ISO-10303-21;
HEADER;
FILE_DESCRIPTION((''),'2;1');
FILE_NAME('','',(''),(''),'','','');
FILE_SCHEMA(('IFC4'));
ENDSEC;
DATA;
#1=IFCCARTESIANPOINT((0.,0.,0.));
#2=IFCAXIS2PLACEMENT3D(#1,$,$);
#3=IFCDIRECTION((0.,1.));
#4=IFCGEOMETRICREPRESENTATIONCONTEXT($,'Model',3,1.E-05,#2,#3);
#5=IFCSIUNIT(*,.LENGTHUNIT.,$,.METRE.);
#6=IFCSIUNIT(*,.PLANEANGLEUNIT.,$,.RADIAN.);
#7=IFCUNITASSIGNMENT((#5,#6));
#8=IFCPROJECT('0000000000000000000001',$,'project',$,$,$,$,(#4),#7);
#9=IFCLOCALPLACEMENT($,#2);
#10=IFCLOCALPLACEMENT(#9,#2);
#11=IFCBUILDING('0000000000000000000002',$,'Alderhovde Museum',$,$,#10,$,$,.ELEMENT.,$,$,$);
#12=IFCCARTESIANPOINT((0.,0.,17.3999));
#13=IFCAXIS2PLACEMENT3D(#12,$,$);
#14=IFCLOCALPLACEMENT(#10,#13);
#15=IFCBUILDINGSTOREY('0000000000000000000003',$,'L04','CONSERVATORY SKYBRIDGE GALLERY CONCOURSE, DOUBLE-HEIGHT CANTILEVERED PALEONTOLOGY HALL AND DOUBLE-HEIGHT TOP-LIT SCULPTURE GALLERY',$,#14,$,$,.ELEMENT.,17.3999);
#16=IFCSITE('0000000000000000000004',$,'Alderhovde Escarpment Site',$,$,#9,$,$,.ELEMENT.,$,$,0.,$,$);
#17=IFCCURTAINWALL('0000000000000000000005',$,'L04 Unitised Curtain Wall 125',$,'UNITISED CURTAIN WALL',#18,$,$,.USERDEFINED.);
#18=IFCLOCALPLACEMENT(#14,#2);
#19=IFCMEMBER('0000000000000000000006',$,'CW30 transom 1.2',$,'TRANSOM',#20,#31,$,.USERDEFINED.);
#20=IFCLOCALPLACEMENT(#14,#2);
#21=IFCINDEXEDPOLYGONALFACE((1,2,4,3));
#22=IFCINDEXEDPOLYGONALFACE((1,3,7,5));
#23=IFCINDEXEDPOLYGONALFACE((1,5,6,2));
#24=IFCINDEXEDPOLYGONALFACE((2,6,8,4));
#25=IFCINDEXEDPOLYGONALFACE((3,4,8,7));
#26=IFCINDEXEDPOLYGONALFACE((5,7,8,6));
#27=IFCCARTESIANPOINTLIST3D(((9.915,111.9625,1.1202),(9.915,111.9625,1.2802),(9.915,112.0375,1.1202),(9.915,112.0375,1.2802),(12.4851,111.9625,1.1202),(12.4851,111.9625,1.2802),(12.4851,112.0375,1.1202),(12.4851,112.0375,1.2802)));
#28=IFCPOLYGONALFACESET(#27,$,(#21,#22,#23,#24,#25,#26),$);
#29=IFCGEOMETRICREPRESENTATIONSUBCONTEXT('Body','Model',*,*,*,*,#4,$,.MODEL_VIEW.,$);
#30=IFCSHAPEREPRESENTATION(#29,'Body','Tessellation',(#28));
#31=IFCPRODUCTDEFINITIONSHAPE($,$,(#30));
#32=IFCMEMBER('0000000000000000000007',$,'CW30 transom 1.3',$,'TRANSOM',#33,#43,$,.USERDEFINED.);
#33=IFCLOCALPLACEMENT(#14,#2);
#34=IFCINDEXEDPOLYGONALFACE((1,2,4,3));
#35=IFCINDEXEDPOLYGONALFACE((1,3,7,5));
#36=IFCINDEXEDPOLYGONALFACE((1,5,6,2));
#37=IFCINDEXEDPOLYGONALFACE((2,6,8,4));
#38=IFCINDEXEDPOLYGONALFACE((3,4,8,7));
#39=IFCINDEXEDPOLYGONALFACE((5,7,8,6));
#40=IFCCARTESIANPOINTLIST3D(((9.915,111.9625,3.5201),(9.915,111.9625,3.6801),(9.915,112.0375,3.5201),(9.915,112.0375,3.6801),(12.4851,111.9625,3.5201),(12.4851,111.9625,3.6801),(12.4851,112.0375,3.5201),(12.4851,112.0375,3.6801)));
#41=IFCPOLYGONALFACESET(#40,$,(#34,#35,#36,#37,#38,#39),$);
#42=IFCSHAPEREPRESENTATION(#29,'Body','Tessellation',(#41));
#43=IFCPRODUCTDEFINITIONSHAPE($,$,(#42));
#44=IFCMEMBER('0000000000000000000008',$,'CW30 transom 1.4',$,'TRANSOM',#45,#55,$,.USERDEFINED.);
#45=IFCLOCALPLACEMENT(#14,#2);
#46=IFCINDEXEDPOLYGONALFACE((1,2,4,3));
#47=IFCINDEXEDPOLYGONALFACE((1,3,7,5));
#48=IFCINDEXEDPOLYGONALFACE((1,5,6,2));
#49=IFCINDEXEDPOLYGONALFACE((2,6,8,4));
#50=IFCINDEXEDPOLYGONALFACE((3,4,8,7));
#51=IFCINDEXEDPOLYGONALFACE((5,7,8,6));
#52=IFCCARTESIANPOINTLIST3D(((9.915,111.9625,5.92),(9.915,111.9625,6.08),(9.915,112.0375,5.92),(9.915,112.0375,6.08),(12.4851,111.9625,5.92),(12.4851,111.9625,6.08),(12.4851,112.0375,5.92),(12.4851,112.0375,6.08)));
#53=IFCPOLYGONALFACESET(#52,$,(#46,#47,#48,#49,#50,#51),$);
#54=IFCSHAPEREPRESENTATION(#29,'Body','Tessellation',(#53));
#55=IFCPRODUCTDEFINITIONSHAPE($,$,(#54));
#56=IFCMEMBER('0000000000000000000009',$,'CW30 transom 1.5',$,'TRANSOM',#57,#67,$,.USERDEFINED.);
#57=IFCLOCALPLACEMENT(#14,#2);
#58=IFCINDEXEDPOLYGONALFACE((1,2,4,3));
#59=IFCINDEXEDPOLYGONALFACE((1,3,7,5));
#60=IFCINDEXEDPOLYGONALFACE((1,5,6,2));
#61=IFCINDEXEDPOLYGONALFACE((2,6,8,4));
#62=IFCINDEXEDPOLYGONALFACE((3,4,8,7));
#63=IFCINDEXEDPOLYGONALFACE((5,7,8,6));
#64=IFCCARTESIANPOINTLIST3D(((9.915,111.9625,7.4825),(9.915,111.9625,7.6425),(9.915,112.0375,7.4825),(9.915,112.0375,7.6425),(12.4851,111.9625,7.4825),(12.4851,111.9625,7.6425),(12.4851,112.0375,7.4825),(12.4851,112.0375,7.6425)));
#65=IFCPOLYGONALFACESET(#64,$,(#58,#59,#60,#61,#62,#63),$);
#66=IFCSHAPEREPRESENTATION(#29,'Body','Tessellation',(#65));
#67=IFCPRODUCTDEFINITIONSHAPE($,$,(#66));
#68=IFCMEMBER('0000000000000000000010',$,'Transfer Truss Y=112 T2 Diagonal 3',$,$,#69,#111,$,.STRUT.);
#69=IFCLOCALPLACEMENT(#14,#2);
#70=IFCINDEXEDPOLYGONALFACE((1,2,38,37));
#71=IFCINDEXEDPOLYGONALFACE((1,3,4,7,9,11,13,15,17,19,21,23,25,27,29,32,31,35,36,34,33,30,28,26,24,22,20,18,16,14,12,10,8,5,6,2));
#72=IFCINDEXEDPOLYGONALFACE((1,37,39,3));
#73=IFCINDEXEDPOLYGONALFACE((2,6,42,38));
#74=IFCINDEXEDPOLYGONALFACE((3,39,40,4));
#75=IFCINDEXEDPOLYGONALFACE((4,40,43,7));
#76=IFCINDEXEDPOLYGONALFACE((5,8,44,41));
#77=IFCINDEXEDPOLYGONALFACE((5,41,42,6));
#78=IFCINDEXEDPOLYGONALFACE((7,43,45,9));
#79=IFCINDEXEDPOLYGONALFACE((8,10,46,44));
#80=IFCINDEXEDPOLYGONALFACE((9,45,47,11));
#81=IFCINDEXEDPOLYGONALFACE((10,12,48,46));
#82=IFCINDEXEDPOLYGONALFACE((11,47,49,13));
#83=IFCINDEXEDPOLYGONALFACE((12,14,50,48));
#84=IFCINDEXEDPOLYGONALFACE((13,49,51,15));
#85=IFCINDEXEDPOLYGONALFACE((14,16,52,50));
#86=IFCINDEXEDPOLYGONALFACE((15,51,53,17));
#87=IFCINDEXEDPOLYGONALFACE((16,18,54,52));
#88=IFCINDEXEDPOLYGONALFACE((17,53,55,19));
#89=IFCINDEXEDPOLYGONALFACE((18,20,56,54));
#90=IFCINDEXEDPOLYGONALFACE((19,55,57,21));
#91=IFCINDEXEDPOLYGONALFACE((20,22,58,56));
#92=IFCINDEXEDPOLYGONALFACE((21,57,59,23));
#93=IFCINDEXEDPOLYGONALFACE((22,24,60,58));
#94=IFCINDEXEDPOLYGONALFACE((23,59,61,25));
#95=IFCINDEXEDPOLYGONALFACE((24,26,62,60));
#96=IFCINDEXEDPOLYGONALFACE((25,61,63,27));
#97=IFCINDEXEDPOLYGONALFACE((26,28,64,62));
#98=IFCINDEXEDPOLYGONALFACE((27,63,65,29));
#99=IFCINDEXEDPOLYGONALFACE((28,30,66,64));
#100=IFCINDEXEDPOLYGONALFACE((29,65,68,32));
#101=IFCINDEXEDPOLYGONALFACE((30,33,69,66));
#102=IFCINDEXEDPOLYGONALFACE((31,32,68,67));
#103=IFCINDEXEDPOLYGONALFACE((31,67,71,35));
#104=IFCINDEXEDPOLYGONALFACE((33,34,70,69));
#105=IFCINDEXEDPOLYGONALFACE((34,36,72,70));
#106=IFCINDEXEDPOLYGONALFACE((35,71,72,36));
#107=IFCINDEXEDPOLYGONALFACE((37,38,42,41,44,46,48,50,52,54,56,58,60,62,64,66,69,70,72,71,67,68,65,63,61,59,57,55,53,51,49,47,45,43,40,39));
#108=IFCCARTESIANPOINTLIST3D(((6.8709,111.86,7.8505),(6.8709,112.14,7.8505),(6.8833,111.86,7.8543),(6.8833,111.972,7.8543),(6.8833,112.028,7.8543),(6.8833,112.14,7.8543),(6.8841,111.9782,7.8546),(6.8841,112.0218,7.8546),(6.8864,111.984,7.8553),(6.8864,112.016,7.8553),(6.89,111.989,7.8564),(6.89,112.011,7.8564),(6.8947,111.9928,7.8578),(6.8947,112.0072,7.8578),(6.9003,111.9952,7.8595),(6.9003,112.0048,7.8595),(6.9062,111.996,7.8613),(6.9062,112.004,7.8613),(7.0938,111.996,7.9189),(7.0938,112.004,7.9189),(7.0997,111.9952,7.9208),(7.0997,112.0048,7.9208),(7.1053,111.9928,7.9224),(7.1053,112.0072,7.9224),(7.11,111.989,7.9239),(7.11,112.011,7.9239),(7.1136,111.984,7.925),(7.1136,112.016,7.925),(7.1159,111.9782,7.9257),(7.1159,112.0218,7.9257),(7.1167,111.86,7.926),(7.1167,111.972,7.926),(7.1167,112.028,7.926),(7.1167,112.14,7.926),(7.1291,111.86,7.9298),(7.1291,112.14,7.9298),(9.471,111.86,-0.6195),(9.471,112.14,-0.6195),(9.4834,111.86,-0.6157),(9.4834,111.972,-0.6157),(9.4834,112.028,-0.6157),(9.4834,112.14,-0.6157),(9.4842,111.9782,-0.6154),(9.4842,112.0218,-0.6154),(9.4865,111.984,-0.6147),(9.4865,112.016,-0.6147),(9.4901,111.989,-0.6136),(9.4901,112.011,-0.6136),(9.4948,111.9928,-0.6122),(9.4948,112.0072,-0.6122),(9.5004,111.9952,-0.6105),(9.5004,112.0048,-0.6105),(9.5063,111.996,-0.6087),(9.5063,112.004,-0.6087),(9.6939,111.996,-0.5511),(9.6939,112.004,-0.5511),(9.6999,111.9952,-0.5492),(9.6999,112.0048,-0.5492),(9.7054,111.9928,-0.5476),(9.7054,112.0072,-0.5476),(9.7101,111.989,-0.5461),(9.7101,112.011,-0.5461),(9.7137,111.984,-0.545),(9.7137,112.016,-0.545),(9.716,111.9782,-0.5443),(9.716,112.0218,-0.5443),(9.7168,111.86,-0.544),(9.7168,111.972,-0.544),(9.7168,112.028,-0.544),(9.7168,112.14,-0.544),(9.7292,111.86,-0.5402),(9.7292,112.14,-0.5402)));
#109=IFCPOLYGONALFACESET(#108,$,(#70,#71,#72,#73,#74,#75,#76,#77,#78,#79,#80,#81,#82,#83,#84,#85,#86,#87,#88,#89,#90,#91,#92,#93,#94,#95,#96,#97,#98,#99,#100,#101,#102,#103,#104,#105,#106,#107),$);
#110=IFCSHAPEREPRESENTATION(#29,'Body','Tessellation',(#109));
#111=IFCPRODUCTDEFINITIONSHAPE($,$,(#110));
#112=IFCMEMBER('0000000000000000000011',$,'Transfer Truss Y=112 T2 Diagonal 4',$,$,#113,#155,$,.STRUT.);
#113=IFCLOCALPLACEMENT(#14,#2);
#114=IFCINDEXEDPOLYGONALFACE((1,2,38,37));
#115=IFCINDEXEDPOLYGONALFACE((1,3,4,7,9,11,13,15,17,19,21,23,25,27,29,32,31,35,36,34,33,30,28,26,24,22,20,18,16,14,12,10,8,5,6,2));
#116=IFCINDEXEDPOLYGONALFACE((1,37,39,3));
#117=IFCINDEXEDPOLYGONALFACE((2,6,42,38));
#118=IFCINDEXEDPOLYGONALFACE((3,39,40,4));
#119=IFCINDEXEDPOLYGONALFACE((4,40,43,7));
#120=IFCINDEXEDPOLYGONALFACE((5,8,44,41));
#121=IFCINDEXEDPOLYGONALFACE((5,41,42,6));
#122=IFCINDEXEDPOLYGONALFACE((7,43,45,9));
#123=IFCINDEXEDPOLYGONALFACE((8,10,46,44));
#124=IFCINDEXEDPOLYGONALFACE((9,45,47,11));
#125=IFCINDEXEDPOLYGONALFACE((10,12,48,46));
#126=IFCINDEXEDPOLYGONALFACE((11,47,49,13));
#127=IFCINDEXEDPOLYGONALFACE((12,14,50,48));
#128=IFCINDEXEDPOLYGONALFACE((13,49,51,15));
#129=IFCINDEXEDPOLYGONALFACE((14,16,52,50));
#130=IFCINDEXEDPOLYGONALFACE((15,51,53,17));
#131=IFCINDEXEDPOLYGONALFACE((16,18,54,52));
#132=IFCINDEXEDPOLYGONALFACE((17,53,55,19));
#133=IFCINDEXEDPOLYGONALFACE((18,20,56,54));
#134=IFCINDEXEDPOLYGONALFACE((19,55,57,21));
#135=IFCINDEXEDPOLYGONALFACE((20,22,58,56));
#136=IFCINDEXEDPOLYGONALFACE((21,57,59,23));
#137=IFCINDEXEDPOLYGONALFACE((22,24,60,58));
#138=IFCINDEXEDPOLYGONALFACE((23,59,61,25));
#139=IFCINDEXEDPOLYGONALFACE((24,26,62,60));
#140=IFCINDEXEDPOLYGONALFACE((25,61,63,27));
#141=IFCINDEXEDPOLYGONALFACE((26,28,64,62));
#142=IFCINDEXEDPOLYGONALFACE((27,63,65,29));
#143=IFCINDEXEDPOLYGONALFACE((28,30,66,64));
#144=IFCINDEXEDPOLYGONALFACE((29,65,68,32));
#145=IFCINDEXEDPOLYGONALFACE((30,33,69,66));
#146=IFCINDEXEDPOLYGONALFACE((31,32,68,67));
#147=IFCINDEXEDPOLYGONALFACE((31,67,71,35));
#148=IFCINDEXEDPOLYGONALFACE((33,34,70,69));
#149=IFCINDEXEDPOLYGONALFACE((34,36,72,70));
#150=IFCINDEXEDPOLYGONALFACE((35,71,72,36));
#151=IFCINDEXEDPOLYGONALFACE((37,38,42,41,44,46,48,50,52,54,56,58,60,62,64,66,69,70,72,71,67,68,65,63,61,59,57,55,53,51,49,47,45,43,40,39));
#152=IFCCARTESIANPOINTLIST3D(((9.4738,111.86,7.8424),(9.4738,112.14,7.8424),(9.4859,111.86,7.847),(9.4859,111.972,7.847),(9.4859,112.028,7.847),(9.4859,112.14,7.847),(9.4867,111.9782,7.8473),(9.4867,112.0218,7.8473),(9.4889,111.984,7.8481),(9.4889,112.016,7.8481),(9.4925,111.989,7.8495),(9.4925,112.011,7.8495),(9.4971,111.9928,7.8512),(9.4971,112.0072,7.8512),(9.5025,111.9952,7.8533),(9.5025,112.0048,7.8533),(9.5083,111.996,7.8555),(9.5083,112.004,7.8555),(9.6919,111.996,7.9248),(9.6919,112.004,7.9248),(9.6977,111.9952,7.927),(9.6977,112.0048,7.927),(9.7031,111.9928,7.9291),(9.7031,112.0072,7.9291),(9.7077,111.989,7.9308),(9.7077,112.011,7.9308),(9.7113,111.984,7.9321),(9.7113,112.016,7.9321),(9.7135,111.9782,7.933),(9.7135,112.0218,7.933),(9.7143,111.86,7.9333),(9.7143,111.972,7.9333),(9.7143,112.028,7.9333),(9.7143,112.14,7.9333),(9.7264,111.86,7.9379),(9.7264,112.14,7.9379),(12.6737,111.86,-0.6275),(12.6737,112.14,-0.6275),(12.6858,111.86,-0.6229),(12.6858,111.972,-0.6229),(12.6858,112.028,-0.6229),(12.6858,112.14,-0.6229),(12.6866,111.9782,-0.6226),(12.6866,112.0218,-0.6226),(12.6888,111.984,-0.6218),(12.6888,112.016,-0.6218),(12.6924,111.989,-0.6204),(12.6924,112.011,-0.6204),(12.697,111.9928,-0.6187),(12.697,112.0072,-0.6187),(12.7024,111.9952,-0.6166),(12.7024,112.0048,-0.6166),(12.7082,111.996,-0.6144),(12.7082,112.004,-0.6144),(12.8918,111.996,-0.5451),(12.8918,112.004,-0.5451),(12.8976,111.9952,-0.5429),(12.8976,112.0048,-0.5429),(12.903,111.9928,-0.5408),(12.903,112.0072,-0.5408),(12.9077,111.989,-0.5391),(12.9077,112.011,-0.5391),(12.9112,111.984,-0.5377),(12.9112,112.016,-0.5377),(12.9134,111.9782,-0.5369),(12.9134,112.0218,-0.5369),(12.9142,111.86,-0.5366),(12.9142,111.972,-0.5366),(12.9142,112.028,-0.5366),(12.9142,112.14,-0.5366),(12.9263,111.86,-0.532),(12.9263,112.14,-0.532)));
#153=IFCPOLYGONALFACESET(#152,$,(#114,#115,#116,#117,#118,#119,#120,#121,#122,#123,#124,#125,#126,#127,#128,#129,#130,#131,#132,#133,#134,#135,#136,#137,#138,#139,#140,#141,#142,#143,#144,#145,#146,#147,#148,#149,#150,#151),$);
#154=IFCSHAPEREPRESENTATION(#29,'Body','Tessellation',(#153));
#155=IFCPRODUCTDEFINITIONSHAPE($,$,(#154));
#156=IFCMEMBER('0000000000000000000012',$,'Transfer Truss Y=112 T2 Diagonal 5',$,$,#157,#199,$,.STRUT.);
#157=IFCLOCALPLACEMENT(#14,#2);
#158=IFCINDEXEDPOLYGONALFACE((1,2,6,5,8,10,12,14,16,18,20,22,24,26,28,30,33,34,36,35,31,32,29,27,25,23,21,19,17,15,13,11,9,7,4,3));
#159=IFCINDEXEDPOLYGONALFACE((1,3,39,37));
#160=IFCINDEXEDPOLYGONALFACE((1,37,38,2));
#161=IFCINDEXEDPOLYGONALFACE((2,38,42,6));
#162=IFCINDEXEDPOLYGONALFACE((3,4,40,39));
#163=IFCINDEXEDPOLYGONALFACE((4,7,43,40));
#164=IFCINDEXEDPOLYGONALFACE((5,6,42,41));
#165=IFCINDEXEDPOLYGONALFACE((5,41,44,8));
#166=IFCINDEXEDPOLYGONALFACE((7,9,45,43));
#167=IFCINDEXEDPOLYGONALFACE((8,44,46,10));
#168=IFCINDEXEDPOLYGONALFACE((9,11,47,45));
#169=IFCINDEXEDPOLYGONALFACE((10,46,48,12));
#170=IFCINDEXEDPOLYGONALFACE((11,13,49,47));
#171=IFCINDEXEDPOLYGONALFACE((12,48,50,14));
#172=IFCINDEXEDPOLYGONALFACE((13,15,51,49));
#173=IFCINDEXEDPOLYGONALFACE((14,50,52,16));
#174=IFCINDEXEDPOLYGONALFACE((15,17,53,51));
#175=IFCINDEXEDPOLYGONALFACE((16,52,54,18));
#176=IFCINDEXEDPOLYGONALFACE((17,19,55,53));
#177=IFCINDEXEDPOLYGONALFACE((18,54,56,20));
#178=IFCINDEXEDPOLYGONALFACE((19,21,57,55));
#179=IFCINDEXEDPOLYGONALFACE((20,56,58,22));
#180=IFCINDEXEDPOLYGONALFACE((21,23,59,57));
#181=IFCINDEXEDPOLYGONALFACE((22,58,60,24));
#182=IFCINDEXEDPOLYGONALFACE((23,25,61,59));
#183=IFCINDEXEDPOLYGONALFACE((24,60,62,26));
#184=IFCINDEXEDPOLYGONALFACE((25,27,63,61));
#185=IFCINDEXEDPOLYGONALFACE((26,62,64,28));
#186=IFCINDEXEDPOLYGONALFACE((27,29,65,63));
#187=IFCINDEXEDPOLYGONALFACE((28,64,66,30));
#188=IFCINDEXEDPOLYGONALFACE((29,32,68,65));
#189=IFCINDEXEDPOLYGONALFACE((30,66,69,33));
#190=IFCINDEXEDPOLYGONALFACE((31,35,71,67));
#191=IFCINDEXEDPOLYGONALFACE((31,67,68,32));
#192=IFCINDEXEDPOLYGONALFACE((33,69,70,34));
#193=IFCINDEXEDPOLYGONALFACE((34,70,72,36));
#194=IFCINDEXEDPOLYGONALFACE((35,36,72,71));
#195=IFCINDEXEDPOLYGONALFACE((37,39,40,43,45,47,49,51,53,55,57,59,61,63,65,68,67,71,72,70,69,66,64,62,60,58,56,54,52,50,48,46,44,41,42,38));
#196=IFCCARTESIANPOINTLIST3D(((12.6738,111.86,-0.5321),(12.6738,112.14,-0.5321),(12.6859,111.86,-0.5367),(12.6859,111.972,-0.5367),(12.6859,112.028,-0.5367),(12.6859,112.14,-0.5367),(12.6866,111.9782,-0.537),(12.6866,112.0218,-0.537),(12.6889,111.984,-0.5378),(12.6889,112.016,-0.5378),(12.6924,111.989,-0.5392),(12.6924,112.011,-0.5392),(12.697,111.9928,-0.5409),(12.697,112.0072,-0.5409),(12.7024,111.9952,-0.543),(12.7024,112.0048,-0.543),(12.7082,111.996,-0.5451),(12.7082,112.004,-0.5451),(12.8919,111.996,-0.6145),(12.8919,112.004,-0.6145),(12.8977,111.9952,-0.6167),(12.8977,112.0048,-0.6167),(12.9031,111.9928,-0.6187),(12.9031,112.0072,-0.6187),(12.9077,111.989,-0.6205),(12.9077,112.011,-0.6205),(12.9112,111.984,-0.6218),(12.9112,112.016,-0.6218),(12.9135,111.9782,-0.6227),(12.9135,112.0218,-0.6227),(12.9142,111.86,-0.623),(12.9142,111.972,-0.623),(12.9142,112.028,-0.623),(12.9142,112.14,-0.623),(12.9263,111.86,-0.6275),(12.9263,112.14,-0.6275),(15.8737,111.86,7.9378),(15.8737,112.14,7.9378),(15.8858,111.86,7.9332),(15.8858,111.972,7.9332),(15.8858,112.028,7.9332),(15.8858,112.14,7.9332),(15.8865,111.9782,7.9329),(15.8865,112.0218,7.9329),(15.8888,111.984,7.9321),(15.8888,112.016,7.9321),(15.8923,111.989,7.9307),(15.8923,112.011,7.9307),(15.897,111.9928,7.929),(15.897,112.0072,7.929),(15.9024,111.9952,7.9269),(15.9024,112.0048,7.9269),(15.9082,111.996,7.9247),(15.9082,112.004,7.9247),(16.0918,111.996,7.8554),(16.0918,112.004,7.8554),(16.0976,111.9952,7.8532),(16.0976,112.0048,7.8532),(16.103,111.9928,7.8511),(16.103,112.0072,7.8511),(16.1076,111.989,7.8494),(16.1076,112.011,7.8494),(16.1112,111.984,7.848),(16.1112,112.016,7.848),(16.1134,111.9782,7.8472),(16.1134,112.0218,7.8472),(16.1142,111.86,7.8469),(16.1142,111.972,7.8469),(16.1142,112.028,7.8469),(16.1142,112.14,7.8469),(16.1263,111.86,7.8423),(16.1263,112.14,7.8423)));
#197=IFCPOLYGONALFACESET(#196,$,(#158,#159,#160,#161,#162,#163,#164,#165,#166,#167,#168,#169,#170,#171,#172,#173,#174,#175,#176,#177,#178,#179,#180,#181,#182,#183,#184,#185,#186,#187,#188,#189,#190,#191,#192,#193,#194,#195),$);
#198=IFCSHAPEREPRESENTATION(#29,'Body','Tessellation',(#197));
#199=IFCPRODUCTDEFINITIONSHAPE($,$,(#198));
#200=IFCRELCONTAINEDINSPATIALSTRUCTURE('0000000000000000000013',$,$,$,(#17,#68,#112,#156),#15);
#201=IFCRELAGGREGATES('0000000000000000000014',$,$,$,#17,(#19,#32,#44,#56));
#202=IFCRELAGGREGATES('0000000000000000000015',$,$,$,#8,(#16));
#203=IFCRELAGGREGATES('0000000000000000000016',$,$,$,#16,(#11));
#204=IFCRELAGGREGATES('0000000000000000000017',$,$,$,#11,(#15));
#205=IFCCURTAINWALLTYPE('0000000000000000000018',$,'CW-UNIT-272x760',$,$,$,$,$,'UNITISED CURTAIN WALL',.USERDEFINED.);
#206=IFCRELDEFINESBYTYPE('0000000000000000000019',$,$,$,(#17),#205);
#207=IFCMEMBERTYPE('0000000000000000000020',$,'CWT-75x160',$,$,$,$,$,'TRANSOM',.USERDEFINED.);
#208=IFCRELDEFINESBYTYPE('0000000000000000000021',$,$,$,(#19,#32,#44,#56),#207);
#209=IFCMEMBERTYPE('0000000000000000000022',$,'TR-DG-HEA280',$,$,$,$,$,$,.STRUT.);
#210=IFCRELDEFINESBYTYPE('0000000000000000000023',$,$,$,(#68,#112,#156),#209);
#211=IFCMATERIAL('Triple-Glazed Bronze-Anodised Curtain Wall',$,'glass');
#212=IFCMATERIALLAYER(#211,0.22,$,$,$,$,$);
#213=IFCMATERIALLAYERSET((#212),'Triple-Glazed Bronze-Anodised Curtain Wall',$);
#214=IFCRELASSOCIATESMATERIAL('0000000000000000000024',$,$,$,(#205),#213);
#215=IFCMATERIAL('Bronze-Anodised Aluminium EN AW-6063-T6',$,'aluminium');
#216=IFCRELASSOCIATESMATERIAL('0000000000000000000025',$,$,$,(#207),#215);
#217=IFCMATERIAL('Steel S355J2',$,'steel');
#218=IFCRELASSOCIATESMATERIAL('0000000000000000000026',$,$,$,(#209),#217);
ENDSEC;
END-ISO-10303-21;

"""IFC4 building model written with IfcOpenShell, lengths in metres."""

from ifc_helpers import new_model, si_unit, direction, frame, origin, origin_2d, place, context, subcontext, project, spatial, rectangle, i_section, extrude, material, layer, layer_set, material_profile, profile_set, type_object, element, aggregate, save


model = new_model("IFC4")

# Units and contexts
model_context = context("Model", 3, precision=1e-05, world=origin(), true_north=direction((0.0, 1.0)))
body_context = subcontext(model_context, "Body", "Model", "MODEL_VIEW")
ifc_project = project(units=[si_unit("LENGTHUNIT", "METRE"), si_unit("PLANEANGLEUNIT", "RADIAN")], contexts=[model_context])

# Site, building, storey
site_placement = place(None, origin())
site = spatial("IfcSite", under=ifc_project, at=site_placement, Name="Alderhovde Escarpment Site", CompositionType="ELEMENT", RefElevation=0.0)
building_placement = place(site_placement, origin())
building = spatial("IfcBuilding", under=site, at=building_placement, Name="Alderhovde Museum", CompositionType="ELEMENT")
storey_placement = place(building_placement, frame((0.0, 0.0, 17.3999)))
storey = spatial("IfcBuildingStorey", under=building, at=storey_placement, Name="L04", Description="CONSERVATORY SKYBRIDGE GALLERY CONCOURSE, DOUBLE-HEIGHT CANTILEVERED PALEONTOLOGY HALL AND DOUBLE-HEIGHT TOP-LIT SCULPTURE GALLERY", CompositionType="ELEMENT", Elevation=17.3999)

# Curtain wall
ifc_material_1 = material(Name="Triple-Glazed Bronze-Anodised Curtain Wall", Category="glass")
ifc_layer_1 = layer(ifc_material_1, 0.22)
ifc_layer_set_1 = layer_set([ifc_layer_1], Name="Triple-Glazed Bronze-Anodised Curtain Wall")
curtain_wall_type_1 = type_object("IfcCurtainWallType", Name="CW-UNIT-272x760", ElementType="UNITISED CURTAIN WALL", PredefinedType="USERDEFINED", material=ifc_layer_set_1)
curtain_wall_1_placement = place(storey_placement, origin())
curtain_wall_1 = element("IfcCurtainWall", 1, at=curtain_wall_1_placement, inside=storey, type_object=curtain_wall_type_1, Name="L04 Unitised Curtain Wall 125", ObjectType="UNITISED CURTAIN WALL", PredefinedType="USERDEFINED")

# Members
ifc_material_2 = material(Name="Bronze-Anodised Aluminium EN AW-6063-T6", Category="aluminium")
ifc_material_profile_1 = material_profile(ifc_material_2, rectangle(XDim=0.075, YDim=0.1599, at=origin_2d()), Name="TRANSOM 75x160")
ifc_profile_set_1 = profile_set([ifc_material_profile_1], Name="Bronze-Anodised Aluminium EN AW-6063-T6")
member_type_1 = type_object("IfcMemberType", Name="CWT-75x160", ElementType="TRANSOM", PredefinedType="USERDEFINED", material=ifc_profile_set_1)
member_1_placement = place(storey_placement, frame((9.915, 112.0, 1.2002), z_axis=(1.0, 0.0, 0.0), x_axis=(0.0, 1.0, 0.0)))
member_1 = element("IfcMember", 2, at=member_1_placement, type_object=member_type_1, Name="CW30 transom 1.2", ObjectType="TRANSOM", PredefinedType="USERDEFINED", context=body_context, shape_type="SweptSolid", body=[
    extrude(rectangle(XDim=0.075, YDim=0.1599, at=origin_2d()), origin(), (0.0, 0.0, 1.0), 2.5701),
])
member_2_placement = place(storey_placement, frame((9.915, 112.0, 3.6001), z_axis=(1.0, 0.0, 0.0), x_axis=(0.0, 1.0, 0.0)))
member_2 = element("IfcMember", 3, at=member_2_placement, type_object=member_type_1, Name="CW30 transom 1.3", ObjectType="TRANSOM", PredefinedType="USERDEFINED", context=body_context, shape_type="SweptSolid", body=[
    extrude(rectangle(XDim=0.075, YDim=0.1599, at=origin_2d()), origin(), (0.0, 0.0, 1.0), 2.5701),
])
member_3_placement = place(storey_placement, frame((9.915, 112.0, 6.0), z_axis=(1.0, 0.0, 0.0), x_axis=(0.0, 1.0, 0.0)))
member_3 = element("IfcMember", 4, at=member_3_placement, type_object=member_type_1, Name="CW30 transom 1.4", ObjectType="TRANSOM", PredefinedType="USERDEFINED", context=body_context, shape_type="SweptSolid", body=[
    extrude(rectangle(XDim=0.075, YDim=0.1599, at=origin_2d()), origin(), (0.0, 0.0, 1.0), 2.5701),
])
member_4_placement = place(storey_placement, frame((9.915, 112.0, 7.5625), z_axis=(1.0, 0.0, 0.0), x_axis=(0.0, 1.0, 0.0)))
member_4 = element("IfcMember", 5, at=member_4_placement, type_object=member_type_1, Name="CW30 transom 1.5", ObjectType="TRANSOM", PredefinedType="USERDEFINED", context=body_context, shape_type="SweptSolid", body=[
    extrude(rectangle(XDim=0.075, YDim=0.1599, at=origin_2d()), origin(), (0.0, 0.0, 1.0), 2.5701),
])

# Members
ifc_material_3 = material(Name="Steel S355J2", Category="steel")
ifc_material_profile_2 = material_profile(ifc_material_3, i_section(OverallWidth=0.28, OverallDepth=0.27, WebThickness=0.0081, FlangeThickness=0.0129, FilletRadius=0.0239, at=origin_2d()), Name="HEA 280")
ifc_profile_set_2 = profile_set([ifc_material_profile_2], Name="Steel S355J2")
member_type_2 = type_object("IfcMemberType", Name="TR-DG-HEA280", PredefinedType="STRUT", material=ifc_profile_set_2)
member_5_placement = place(storey_placement, frame((7.0, 112.0, 7.8901), z_axis=(0.293462, 0.0, -0.955971), x_axis=(0.0, 1.0, 0.0)))
element("IfcMember", 6, at=member_5_placement, inside=storey, type_object=member_type_2, Name="Transfer Truss Y=112 T2 Diagonal 3", PredefinedType="STRUT", context=body_context, shape_type="SweptSolid", body=[
    extrude(i_section(OverallWidth=0.28, OverallDepth=0.27, WebThickness=0.0081, FlangeThickness=0.0129, FilletRadius=0.0239, at=origin_2d()), origin(), (0.0, 0.0, 1.0), 8.8601),
])
for number, where, z_axis, x_axis, name in (
    (7, (9.6001, 112.0, 7.8901), (0.353418, 0.0, -0.935465), (0.0, 1.0, 0.0), "Transfer Truss Y=112 T2 Diagonal 4"),
    (8, (12.8, 112.0, -0.5798), (0.353418, 0.0, 0.935465), (0.0, 1.0, 0.0), "Transfer Truss Y=112 T2 Diagonal 5"),
):
    element("IfcMember", number, at=place(storey_placement, frame(where, z_axis=z_axis, x_axis=x_axis)), inside=storey, type_object=member_type_2, Name=name, PredefinedType="STRUT", context=body_context, shape_type="SweptSolid", body=[
        extrude(i_section(OverallWidth=0.28, OverallDepth=0.27, WebThickness=0.0081, FlangeThickness=0.0129, FilletRadius=0.0239, at=origin_2d()), origin(), (0.0, 0.0, 1.0), 9.0542),
    ])

aggregate(curtain_wall_1, [member_1, member_2, member_3, member_4])

save(model, "model.ifc")
